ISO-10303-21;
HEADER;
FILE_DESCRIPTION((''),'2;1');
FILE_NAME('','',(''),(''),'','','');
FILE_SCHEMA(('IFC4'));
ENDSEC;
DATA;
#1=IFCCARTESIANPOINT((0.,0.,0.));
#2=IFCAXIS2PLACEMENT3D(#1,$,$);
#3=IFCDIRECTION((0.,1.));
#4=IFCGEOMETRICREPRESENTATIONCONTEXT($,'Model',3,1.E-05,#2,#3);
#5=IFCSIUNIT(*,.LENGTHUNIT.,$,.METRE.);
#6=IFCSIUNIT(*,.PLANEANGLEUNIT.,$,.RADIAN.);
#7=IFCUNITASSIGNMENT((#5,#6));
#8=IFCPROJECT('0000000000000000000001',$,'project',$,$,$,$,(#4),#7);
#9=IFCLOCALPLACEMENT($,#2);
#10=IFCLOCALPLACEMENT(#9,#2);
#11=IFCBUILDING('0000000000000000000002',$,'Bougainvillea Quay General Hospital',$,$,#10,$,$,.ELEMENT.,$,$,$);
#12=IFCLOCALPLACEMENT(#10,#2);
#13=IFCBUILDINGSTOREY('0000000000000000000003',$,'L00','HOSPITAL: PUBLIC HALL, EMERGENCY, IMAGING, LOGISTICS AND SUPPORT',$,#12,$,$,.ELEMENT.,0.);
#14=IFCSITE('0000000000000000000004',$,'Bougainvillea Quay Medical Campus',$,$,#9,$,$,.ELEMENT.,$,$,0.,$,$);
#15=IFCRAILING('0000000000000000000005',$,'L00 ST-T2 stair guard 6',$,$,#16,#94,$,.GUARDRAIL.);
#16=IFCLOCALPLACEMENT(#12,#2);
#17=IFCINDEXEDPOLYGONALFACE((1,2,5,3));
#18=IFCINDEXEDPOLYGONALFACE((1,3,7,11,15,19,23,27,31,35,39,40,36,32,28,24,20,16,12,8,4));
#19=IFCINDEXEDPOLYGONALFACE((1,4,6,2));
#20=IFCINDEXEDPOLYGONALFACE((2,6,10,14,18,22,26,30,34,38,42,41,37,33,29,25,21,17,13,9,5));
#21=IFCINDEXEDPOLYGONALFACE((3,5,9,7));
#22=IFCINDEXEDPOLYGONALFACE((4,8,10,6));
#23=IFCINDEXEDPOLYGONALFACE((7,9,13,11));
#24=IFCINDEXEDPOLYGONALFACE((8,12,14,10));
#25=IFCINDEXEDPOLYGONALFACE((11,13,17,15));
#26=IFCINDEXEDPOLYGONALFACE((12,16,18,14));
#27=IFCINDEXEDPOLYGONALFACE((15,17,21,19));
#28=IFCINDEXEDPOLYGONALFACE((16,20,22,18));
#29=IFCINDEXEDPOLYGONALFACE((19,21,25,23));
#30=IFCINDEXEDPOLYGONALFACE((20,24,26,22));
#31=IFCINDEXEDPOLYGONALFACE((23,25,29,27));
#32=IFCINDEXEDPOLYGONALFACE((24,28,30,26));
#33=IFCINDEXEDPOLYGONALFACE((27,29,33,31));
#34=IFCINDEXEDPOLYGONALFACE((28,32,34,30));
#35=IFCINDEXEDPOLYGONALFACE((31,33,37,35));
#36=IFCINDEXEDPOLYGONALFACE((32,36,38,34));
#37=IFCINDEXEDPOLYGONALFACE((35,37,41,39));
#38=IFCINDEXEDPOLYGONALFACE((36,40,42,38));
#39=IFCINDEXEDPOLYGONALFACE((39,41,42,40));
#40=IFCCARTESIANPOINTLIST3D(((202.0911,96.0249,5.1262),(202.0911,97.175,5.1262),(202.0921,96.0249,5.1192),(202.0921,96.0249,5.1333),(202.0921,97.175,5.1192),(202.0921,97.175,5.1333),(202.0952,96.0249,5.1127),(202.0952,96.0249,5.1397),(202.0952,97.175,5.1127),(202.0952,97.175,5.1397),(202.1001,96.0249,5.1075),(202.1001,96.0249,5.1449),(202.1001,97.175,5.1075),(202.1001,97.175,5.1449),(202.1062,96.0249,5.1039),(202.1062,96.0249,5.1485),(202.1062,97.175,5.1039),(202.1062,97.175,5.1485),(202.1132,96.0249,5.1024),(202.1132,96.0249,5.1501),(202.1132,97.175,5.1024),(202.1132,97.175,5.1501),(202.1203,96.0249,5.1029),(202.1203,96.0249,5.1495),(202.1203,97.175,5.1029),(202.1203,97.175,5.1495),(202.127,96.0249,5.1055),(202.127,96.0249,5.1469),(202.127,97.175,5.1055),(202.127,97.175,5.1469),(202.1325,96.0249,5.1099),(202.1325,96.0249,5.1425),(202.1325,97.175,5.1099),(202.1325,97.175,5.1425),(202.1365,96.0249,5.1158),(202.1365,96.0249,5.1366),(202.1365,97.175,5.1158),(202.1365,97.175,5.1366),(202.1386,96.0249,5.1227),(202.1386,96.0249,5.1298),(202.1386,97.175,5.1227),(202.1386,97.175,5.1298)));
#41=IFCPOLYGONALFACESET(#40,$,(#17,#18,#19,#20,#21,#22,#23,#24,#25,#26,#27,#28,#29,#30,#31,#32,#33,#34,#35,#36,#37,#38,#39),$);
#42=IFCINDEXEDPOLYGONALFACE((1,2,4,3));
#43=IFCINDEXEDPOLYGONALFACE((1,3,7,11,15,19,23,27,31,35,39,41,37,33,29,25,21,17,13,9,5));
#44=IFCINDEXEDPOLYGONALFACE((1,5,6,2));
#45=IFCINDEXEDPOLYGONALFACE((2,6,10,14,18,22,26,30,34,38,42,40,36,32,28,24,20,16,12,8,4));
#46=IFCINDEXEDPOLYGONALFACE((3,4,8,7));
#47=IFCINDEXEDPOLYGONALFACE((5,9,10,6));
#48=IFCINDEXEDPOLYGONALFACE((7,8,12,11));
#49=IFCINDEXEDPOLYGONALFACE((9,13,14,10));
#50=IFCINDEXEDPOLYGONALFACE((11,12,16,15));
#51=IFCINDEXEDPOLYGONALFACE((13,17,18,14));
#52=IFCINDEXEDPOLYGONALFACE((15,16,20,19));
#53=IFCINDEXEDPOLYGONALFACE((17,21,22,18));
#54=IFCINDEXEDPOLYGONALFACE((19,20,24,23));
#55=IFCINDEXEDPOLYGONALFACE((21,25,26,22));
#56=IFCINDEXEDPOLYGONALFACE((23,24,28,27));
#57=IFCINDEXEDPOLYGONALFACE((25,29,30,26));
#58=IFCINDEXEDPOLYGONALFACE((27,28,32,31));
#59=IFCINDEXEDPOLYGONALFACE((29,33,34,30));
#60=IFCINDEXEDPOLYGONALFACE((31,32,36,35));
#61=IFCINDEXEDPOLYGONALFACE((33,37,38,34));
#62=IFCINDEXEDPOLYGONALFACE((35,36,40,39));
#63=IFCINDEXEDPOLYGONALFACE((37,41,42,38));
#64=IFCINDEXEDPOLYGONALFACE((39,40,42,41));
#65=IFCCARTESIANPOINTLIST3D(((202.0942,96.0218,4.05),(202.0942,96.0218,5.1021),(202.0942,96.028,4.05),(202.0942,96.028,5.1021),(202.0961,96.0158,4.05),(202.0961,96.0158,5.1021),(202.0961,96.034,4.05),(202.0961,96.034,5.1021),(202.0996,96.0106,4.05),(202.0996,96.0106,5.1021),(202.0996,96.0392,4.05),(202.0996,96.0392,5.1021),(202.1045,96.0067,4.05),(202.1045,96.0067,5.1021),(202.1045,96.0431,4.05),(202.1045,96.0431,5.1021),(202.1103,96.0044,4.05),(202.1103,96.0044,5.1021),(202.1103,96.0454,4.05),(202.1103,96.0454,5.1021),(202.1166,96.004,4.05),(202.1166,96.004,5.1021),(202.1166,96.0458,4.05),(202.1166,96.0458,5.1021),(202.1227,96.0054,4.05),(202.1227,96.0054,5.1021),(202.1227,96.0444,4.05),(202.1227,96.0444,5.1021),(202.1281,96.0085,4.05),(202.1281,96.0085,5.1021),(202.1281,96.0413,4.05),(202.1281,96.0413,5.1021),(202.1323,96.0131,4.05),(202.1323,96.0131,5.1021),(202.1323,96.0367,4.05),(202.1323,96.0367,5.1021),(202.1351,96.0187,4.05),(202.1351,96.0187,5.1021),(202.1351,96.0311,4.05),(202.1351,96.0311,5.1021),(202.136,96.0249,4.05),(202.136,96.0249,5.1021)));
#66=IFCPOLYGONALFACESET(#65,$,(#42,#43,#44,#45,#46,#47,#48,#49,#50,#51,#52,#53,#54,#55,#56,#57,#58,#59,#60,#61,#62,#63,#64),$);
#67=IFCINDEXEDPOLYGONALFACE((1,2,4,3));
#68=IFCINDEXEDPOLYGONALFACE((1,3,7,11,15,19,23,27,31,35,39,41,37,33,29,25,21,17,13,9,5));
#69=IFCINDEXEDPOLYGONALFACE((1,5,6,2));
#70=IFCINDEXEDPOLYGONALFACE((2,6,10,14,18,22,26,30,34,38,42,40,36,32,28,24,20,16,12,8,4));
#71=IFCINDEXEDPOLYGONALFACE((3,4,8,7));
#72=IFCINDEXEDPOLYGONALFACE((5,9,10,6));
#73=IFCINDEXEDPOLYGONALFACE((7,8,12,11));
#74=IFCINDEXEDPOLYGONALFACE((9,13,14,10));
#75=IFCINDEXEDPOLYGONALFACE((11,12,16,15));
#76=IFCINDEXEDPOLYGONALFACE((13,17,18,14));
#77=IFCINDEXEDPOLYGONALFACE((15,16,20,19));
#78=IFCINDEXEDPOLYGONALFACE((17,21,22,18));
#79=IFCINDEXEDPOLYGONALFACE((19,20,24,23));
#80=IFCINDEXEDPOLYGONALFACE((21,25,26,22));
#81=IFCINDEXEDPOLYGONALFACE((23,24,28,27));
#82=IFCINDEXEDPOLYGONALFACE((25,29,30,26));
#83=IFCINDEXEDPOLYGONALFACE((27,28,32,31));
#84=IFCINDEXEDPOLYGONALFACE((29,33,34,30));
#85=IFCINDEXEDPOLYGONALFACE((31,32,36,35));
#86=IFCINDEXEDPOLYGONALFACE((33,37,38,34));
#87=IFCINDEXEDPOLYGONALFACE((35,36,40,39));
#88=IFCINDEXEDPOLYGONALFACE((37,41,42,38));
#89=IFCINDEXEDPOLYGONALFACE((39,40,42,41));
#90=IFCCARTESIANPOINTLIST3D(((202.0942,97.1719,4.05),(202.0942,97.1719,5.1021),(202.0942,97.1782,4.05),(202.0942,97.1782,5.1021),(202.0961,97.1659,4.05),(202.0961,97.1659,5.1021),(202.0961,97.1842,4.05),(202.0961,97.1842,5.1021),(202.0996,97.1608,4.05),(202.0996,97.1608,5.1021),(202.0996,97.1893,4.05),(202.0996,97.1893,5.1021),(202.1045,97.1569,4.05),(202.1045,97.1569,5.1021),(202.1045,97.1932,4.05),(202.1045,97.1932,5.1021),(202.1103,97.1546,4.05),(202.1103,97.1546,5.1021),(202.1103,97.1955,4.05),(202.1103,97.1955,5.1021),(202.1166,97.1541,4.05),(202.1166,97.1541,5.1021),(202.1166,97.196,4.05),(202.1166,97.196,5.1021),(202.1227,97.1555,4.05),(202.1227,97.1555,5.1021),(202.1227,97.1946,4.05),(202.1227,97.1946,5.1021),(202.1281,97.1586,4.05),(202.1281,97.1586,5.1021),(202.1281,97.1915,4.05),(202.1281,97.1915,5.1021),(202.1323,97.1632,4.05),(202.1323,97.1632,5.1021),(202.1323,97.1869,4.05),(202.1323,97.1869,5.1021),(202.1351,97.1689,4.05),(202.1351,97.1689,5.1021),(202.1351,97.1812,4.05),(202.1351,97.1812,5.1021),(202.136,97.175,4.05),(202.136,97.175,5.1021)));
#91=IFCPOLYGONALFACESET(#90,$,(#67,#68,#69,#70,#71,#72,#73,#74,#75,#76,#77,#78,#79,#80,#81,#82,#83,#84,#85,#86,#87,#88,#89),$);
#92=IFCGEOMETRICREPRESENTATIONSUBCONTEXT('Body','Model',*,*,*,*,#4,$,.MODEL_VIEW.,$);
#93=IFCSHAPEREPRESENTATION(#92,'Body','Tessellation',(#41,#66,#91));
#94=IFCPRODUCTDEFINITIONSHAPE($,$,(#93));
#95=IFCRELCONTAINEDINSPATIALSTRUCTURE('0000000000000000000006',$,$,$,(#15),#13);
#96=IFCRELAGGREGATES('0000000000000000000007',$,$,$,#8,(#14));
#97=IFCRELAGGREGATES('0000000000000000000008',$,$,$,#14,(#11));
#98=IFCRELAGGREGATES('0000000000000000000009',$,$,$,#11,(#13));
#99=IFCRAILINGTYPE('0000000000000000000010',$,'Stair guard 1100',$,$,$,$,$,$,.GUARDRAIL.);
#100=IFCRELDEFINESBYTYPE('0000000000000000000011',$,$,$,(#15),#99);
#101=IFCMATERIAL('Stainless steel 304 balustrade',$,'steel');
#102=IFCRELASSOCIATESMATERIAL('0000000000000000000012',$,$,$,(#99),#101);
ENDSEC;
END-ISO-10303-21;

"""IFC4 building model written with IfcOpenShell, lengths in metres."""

from ifc_helpers import new_model, si_unit, direction, frame, origin, origin_2d, place, context, subcontext, project, spatial, circle, extrude, material, type_object, element, save


model = new_model("IFC4")

# Units and contexts
model_context = context("Model", 3, precision=1e-05, world=origin(), true_north=direction((0.0, 1.0)))
body_context = subcontext(model_context, "Body", "Model", "MODEL_VIEW")
ifc_project = project(units=[si_unit("LENGTHUNIT", "METRE"), si_unit("PLANEANGLEUNIT", "RADIAN")], contexts=[model_context])

# Site, building, storey
site_placement = place(None, origin())
site = spatial("IfcSite", under=ifc_project, at=site_placement, Name="Bougainvillea Quay Medical Campus", CompositionType="ELEMENT", RefElevation=0.0)
building_placement = place(site_placement, origin())
building = spatial("IfcBuilding", under=site, at=building_placement, Name="Bougainvillea Quay General Hospital", CompositionType="ELEMENT")
storey_placement = place(building_placement, origin())
storey = spatial("IfcBuildingStorey", under=building, at=storey_placement, Name="L00", Description="HOSPITAL: PUBLIC HALL, EMERGENCY, IMAGING, LOGISTICS AND SUPPORT", CompositionType="ELEMENT", Elevation=0.0)

# Railing
ifc_material_1 = material(Name="Stainless steel 304 balustrade", Category="steel")
railing_type_1 = type_object("IfcRailingType", Name="Stair guard 1100", PredefinedType="GUARDRAIL", material=ifc_material_1)
railing_1_placement = place(storey_placement, frame((202.115, 96.0249, 4.05)))
element("IfcRailing", 1, at=railing_1_placement, inside=storey, type_object=railing_type_1, Name="L00 ST-T2 stair guard 6", PredefinedType="GUARDRAIL", context=body_context, shape_type="SweptSolid", body=[
    extrude(circle(Radius=0.0239, at=origin_2d()), frame((0.0, 0.0, 1.0762), z_axis=(0.0, 1.0, 0.0), x_axis=(-1.0, 0.0, 0.0)), (0.0, 0.0, 1.0), 1.1501),
    extrude(circle(Radius=0.021, at=origin_2d()), origin(), (0.0, 0.0, 1.0), 1.052),
    extrude(circle(Radius=0.021, at=origin_2d()), frame((0.0, 1.1501, 0.0)), (0.0, 0.0, 1.0), 1.052),
])

save(model, "model.ifc")
